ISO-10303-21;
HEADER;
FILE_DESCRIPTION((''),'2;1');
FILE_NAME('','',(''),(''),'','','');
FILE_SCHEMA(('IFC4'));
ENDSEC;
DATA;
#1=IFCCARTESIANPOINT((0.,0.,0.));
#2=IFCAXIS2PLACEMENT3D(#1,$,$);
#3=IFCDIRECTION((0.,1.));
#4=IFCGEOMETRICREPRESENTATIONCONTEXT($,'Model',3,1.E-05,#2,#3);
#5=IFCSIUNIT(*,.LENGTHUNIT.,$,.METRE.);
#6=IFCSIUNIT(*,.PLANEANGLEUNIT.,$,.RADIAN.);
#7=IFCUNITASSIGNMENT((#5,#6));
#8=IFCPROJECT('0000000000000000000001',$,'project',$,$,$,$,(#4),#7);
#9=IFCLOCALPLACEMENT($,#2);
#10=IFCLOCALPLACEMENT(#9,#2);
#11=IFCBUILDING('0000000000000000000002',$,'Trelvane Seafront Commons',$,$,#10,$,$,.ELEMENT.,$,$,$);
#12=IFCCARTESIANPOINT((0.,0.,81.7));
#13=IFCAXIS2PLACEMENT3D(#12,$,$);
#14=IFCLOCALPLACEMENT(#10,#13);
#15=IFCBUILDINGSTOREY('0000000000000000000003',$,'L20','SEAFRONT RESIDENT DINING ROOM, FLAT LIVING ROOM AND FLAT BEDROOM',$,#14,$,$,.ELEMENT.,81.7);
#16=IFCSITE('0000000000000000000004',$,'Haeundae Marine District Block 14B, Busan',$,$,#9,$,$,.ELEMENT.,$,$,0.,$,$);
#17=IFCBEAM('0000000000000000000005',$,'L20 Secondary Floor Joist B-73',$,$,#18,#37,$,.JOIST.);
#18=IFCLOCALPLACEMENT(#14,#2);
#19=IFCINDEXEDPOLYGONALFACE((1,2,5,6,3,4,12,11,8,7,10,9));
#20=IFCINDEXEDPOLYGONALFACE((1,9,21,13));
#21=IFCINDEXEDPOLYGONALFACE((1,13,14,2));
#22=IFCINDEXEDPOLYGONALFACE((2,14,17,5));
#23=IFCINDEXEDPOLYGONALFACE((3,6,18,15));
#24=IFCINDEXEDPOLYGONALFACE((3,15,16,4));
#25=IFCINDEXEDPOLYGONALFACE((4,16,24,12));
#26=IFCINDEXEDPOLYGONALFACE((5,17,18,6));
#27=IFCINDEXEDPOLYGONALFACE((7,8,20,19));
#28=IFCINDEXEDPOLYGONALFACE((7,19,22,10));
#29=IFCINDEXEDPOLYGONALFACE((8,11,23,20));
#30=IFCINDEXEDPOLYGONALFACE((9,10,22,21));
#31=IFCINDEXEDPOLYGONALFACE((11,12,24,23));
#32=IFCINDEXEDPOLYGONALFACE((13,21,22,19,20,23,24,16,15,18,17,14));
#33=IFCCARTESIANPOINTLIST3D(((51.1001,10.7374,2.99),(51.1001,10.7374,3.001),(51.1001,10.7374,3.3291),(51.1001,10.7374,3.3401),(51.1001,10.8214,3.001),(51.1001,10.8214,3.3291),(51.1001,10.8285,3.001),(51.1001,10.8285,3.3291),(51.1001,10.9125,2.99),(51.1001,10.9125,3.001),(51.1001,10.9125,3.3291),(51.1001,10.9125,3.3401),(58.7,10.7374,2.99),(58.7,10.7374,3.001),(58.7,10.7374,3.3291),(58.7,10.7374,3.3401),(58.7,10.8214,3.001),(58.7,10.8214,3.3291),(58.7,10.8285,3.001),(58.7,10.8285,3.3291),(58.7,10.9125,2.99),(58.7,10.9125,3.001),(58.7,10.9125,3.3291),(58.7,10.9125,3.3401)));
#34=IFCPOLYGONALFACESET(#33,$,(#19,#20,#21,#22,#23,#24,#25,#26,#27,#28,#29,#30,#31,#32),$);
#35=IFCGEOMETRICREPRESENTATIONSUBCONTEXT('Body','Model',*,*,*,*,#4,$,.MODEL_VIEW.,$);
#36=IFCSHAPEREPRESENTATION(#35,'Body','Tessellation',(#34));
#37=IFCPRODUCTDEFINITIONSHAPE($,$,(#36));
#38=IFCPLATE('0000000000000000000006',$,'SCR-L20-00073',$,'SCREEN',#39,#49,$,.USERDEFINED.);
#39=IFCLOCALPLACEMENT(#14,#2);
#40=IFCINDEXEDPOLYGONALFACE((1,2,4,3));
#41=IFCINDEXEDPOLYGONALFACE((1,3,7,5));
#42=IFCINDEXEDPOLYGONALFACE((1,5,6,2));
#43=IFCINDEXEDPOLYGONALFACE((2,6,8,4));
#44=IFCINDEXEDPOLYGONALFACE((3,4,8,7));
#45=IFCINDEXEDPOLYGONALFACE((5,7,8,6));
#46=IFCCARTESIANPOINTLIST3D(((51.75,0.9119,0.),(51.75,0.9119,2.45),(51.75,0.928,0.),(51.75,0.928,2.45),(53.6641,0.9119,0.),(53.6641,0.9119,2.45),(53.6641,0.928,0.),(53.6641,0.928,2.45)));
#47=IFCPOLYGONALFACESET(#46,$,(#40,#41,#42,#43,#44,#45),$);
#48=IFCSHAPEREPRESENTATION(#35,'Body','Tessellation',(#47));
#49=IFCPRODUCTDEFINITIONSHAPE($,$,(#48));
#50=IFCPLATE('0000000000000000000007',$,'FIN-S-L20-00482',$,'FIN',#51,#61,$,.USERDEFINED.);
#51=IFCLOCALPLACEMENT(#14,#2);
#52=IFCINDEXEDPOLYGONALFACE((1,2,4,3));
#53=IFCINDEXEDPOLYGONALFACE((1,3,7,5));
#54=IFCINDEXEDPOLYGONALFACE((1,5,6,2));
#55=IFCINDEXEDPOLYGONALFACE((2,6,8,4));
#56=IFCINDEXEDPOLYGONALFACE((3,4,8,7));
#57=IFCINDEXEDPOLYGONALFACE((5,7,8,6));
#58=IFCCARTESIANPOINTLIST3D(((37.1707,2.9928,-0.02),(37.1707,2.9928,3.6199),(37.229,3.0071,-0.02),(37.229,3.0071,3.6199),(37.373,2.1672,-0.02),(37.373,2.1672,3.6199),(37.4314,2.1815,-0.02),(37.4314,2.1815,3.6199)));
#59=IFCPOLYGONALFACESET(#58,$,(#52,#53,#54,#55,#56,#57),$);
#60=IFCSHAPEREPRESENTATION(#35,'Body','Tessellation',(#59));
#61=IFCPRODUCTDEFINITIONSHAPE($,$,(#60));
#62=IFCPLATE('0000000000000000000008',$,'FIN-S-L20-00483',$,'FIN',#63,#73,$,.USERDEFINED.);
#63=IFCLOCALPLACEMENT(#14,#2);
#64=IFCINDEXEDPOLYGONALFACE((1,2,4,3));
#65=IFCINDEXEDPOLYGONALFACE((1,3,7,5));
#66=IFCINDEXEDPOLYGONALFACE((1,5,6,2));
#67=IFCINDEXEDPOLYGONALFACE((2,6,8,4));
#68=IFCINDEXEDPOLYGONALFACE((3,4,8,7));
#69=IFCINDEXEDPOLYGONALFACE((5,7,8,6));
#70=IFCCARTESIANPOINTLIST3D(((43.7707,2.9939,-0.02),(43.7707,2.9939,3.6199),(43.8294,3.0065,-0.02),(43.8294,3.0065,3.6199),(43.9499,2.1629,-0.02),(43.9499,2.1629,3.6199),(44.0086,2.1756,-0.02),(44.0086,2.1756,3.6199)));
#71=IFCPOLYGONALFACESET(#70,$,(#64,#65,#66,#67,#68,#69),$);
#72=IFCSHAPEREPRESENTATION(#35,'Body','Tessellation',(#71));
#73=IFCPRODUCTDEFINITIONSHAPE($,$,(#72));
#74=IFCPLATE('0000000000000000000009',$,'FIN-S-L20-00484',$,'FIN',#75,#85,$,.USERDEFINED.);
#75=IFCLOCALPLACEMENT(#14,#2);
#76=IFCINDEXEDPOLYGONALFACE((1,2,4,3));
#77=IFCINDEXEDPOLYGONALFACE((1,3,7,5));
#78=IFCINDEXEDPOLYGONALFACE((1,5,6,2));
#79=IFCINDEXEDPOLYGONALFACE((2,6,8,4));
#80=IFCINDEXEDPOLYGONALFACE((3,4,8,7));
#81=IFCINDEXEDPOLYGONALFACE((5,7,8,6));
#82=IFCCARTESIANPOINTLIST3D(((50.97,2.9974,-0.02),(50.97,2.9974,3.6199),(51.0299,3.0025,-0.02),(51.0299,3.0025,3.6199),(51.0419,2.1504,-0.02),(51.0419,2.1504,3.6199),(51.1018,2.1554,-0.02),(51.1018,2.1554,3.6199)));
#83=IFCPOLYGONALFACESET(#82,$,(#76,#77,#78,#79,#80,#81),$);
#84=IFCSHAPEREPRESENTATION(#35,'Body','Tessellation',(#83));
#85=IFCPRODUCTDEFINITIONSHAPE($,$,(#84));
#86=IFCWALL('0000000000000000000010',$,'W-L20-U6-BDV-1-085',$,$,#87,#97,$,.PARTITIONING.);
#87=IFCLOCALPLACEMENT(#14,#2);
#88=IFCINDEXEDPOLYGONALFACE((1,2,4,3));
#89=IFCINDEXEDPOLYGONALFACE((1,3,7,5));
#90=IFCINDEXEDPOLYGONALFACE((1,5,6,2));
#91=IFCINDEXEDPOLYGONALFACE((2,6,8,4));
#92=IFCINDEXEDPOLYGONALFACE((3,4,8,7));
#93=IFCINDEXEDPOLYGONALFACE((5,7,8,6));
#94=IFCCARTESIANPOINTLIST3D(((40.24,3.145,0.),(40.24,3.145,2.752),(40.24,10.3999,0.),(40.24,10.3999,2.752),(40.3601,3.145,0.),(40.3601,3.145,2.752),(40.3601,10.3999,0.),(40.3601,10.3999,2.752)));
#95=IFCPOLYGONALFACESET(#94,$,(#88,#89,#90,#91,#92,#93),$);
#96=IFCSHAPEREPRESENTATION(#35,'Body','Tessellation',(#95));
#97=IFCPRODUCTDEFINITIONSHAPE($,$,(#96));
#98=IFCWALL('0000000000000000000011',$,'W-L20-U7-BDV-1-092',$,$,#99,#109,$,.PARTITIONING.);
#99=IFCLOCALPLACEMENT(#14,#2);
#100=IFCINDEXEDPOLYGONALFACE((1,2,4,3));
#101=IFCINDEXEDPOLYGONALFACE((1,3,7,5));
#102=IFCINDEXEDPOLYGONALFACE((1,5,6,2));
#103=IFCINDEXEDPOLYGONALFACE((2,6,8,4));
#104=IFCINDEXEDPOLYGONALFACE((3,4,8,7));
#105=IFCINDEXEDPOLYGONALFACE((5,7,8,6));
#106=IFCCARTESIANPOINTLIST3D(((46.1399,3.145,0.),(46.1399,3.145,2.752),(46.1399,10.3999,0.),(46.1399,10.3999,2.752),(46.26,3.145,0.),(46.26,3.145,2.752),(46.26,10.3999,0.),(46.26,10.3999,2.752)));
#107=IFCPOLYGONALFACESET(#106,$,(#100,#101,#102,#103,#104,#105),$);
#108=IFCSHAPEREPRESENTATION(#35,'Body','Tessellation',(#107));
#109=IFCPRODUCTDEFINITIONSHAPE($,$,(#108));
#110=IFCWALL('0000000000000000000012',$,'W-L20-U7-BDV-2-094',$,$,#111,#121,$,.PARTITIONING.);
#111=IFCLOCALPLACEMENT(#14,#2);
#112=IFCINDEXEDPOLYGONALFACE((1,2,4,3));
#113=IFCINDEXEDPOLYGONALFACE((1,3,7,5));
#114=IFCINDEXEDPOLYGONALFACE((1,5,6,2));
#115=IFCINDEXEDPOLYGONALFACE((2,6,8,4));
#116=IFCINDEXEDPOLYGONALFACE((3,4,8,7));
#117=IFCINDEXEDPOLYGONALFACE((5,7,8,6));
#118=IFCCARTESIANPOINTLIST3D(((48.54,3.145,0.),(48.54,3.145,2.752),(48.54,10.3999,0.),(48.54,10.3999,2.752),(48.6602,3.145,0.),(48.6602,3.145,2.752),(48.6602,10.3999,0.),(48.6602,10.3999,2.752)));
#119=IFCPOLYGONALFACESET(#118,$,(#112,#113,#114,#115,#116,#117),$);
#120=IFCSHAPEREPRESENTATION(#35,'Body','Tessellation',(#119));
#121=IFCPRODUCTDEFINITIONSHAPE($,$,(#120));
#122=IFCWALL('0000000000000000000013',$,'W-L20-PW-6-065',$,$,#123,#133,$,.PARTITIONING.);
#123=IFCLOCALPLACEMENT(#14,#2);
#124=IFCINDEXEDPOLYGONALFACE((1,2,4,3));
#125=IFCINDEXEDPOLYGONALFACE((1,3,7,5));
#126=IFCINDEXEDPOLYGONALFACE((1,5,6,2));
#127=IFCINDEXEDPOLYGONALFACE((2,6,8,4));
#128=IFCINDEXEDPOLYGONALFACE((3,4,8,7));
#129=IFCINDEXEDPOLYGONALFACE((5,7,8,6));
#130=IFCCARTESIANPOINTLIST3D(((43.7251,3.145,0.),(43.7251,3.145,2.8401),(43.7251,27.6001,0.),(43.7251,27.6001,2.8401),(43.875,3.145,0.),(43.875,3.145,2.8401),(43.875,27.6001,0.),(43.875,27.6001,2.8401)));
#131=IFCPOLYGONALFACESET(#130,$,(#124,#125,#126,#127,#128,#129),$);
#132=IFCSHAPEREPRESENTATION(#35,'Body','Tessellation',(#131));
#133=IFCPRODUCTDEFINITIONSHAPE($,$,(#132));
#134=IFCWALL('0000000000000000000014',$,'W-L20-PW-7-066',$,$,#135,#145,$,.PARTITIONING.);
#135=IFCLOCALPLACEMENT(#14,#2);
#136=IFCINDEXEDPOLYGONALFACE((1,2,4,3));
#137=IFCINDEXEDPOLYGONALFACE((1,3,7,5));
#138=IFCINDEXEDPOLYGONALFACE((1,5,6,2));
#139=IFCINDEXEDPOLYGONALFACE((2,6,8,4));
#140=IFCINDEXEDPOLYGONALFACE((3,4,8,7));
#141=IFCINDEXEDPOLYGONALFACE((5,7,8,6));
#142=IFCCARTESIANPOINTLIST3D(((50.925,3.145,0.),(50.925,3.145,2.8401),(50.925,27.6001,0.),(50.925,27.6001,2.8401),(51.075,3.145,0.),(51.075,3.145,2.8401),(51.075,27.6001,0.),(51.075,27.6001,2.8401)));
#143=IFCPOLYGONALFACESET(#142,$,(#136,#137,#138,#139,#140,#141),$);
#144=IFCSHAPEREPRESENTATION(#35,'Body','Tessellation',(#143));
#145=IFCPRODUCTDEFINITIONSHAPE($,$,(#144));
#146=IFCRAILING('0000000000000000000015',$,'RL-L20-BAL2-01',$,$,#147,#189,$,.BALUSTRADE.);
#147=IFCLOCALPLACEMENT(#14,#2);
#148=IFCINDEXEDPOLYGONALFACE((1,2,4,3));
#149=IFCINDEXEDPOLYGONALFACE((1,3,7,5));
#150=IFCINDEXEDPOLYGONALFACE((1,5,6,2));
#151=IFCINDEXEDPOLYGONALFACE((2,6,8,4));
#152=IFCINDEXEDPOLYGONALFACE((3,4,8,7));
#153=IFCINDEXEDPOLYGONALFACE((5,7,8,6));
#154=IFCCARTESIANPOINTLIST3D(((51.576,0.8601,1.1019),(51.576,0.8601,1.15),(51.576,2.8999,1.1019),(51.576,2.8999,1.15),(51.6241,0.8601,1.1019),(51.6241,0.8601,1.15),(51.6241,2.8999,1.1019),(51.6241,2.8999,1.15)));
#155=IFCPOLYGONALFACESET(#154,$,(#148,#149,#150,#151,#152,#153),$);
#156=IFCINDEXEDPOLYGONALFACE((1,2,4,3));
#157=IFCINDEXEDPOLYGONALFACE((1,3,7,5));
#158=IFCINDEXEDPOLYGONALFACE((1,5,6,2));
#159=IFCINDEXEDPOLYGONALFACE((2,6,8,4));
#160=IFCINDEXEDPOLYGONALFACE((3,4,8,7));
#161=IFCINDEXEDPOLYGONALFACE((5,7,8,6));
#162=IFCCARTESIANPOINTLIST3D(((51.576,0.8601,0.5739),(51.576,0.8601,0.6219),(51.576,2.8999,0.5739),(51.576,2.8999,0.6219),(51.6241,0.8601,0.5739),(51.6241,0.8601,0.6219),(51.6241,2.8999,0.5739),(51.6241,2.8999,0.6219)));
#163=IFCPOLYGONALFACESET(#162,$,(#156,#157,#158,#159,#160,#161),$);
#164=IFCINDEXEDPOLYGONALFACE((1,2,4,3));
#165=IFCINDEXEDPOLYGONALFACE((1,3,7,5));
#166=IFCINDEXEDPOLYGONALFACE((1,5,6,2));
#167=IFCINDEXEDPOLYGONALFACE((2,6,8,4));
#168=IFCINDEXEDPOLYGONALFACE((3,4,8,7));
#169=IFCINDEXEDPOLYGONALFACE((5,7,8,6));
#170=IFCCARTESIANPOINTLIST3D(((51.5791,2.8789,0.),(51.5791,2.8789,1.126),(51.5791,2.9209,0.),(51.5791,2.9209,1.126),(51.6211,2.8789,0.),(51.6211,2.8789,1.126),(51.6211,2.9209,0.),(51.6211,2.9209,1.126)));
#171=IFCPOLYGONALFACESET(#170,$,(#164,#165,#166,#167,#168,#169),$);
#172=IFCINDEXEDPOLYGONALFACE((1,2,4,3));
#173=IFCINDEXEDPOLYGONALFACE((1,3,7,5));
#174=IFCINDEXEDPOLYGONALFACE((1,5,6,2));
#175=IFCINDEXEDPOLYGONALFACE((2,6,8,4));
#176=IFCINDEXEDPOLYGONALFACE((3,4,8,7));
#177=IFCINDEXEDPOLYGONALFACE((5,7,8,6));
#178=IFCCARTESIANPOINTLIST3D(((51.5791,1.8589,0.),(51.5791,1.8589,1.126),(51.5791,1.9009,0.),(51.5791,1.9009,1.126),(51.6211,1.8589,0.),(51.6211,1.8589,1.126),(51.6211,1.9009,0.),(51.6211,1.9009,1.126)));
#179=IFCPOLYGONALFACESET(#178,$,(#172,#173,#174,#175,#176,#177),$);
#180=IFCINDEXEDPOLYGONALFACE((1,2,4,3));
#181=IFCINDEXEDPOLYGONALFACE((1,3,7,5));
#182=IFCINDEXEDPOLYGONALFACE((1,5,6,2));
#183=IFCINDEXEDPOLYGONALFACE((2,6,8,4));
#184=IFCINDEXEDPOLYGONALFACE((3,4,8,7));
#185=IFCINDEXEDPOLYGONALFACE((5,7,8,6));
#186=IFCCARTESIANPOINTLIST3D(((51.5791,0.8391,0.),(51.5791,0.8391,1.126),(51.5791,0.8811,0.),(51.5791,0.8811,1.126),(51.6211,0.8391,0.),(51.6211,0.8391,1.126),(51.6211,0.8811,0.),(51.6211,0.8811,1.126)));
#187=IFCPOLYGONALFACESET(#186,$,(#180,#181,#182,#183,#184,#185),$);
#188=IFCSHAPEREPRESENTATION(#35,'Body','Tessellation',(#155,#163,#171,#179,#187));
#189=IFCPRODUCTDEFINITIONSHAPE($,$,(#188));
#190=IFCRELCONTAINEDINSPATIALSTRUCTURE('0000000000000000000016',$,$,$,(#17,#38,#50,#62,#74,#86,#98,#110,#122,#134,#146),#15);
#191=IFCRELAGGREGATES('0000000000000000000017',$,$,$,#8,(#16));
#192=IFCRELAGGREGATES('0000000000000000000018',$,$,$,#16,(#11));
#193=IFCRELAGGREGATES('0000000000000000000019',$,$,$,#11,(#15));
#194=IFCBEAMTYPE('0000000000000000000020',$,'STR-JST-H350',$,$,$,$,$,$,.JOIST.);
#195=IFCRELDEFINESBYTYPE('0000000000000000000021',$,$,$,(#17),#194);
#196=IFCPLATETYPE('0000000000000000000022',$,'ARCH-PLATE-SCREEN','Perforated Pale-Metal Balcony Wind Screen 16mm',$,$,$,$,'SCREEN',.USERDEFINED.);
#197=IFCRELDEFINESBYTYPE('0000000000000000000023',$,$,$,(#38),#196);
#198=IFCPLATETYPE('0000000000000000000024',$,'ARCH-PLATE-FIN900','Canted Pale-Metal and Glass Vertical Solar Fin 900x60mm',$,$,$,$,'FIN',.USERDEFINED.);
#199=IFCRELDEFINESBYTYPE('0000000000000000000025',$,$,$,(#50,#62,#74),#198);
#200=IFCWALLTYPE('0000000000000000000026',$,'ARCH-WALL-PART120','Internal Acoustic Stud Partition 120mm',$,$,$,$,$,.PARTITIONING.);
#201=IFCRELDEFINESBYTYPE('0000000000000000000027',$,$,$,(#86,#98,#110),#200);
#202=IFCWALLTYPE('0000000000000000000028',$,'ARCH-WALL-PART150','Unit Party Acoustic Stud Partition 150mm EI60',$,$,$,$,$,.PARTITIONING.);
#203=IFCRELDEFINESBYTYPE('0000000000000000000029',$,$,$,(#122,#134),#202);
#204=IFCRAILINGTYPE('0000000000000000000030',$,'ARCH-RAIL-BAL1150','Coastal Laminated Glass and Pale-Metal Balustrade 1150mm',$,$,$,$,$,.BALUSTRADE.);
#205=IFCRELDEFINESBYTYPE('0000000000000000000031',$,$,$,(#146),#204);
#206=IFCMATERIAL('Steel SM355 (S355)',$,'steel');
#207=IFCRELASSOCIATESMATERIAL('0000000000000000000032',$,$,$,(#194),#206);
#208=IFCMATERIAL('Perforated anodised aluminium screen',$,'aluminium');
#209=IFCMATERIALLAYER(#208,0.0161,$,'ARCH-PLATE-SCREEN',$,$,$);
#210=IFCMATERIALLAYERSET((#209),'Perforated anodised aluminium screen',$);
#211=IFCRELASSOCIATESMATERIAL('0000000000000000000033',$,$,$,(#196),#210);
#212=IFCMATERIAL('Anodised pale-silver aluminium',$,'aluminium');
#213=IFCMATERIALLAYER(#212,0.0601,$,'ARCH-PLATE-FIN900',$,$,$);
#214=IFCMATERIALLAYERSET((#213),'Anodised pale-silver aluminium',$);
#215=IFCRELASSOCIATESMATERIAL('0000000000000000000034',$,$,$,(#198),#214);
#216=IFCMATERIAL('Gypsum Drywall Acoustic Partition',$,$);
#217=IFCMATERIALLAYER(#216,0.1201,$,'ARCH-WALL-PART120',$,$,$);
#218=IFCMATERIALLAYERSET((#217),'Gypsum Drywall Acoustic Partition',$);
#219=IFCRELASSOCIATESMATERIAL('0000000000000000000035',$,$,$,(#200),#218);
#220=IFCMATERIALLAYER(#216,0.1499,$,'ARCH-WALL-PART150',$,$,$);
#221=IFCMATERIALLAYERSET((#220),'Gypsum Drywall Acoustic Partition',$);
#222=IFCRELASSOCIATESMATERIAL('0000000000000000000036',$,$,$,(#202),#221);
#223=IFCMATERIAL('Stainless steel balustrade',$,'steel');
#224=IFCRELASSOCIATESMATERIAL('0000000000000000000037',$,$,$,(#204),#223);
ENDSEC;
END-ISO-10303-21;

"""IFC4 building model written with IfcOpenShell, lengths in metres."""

from ifc_helpers import new_model, si_unit, direction, frame, frame_2d, origin, origin_2d, place, context, subcontext, project, spatial, rectangle, i_section, extrude, source, transform, mapped, material, layer, layer_set, material_profile, profile_set, type_object, element, save


model = new_model("IFC4")

# Units and contexts
model_context = context("Model", 3, precision=1e-05, world=origin(), true_north=direction((0.0, 1.0)))
body_context = subcontext(model_context, "Body", "Model", "MODEL_VIEW")
ifc_project = project(units=[si_unit("LENGTHUNIT", "METRE"), si_unit("PLANEANGLEUNIT", "RADIAN")], contexts=[model_context])

# Site, building, storey
site_placement = place(None, origin())
site = spatial("IfcSite", under=ifc_project, at=site_placement, Name="Haeundae Marine District Block 14B, Busan", CompositionType="ELEMENT", RefElevation=0.0)
building_placement = place(site_placement, origin())
building = spatial("IfcBuilding", under=site, at=building_placement, Name="Trelvane Seafront Commons", CompositionType="ELEMENT")
storey_placement = place(building_placement, frame((0.0, 0.0, 81.7)))
storey = spatial("IfcBuildingStorey", under=building, at=storey_placement, Name="L20", Description="SEAFRONT RESIDENT DINING ROOM, FLAT LIVING ROOM AND FLAT BEDROOM", CompositionType="ELEMENT", Elevation=81.7)

# Shared definitions
ifc_material_1 = material(Name="Steel SM355 (S355)", Category="steel")

# Beam
ifc_material_profile_1 = material_profile(ifc_material_1, i_section(OverallWidth=0.175, OverallDepth=0.3501, WebThickness=0.0071, FlangeThickness=0.011, at=origin_2d()), Name="H-350x175x7x11")
ifc_profile_set_1 = profile_set([ifc_material_profile_1], Name="Steel SM355 (S355)")
beam_type_1 = type_object("IfcBeamType", Name="STR-JST-H350", PredefinedType="JOIST", material=ifc_profile_set_1)
shared_shape_1 = source(origin(), body_context, "Body", "SweptSolid", [
    extrude(i_section(OverallWidth=0.175, OverallDepth=0.3501, WebThickness=0.0071, FlangeThickness=0.011, at=origin_2d()), origin(), (0.0, 0.0, 1.0), 7.5999),
])
beam_1_placement = place(storey_placement, frame((51.1001, 10.825, 3.165), z_axis=(1.0, 0.0, 0.0), x_axis=(0.0, 1.0, 0.0)))
element("IfcBeam", 1, at=beam_1_placement, inside=storey, type_object=beam_type_1, Name="L20 Secondary Floor Joist B-73", PredefinedType="JOIST", context=body_context, shape_type="MappedRepresentation", body=[
    mapped(shared_shape_1, transform((0.0, 0.0, 0.0), x_axis=(1.0, 0.0, 0.0), y_axis=(0.0, 1.0, 0.0), z_axis=(0.0, 0.0, 1.0), scale=1.0)),
])

# Plates
ifc_material_2 = material(Name="Perforated anodised aluminium screen", Category="aluminium")
ifc_layer_1 = layer(ifc_material_2, 0.0161, Name="ARCH-PLATE-SCREEN")
ifc_layer_set_1 = layer_set([ifc_layer_1], Name="Perforated anodised aluminium screen")
plate_type_1 = type_object("IfcPlateType", Name="ARCH-PLATE-SCREEN", Description="Perforated Pale-Metal Balcony Wind Screen 16mm", ElementType="SCREEN", PredefinedType="USERDEFINED", material=ifc_layer_set_1)
shared_shape_2 = source(origin(), body_context, "Body", "SweptSolid", [
    extrude(rectangle(XDim=1.9141, YDim=0.0161, at=origin_2d()), origin(), (0.0, 0.0, 1.0), 2.45),
])
plate_placement = place(storey_placement, frame((52.707, 0.9199, 0.0), z_axis=(0.0, 0.0, 1.0), x_axis=(1.0, 0.0, 0.0)))
element("IfcPlate", 2, at=plate_placement, inside=storey, type_object=plate_type_1, Name="SCR-L20-00073", ObjectType="SCREEN", PredefinedType="USERDEFINED", context=body_context, shape_type="MappedRepresentation", body=[
    mapped(shared_shape_2, transform((0.0, 0.0, 0.0), x_axis=(1.0, 0.0, 0.0), y_axis=(0.0, 1.0, 0.0), z_axis=(0.0, 0.0, 1.0), scale=1.0)),
])
ifc_material_3 = material(Name="Anodised pale-silver aluminium", Category="aluminium")
ifc_layer_2 = layer(ifc_material_3, 0.0601, Name="ARCH-PLATE-FIN900")
ifc_layer_set_2 = layer_set([ifc_layer_2], Name="Anodised pale-silver aluminium")
plate_type_2 = type_object("IfcPlateType", Name="ARCH-PLATE-FIN900", Description="Canted Pale-Metal and Glass Vertical Solar Fin 900x60mm", ElementType="FIN", PredefinedType="USERDEFINED", material=ifc_layer_set_2)
shared_shape_3 = source(origin(), body_context, "Body", "SweptSolid", [
    extrude(rectangle(XDim=0.8501, YDim=0.0601, at=origin_2d()), origin(), (0.0, 0.0, 1.0), 3.6399),
])
for number, where, z_axis, x_axis, name in (
    (3, (37.301, 2.5872, -0.02), (0.0, 0.0, 1.0), (0.237993, -0.971267, 0.0), "FIN-S-L20-00482"),
    (4, (43.8896, 2.5847, -0.02), (0.0, 0.0, 1.0), (0.210823, -0.977524, 0.0), "FIN-S-L20-00483"),
    (5, (51.0359, 2.5764, -0.02), (0.0, 0.0, 1.0), (0.084584, -0.996416, 0.0), "FIN-S-L20-00484"),
):
    element("IfcPlate", number, at=place(storey_placement, frame(where, z_axis=z_axis, x_axis=x_axis)), inside=storey, type_object=plate_type_2, Name=name, ObjectType="FIN", PredefinedType="USERDEFINED", context=body_context, shape_type="MappedRepresentation", body=[
        mapped(shared_shape_3, transform((0.0, 0.0, 0.0), x_axis=(1.0, 0.0, 0.0), y_axis=(0.0, 1.0, 0.0), z_axis=(0.0, 0.0, 1.0), scale=1.0)),
    ])

# Shared definitions
ifc_material_4 = material(Name="Gypsum Drywall Acoustic Partition")
ifc_layer_3 = layer(ifc_material_4, 0.1201, Name="ARCH-WALL-PART120")
ifc_layer_set_3 = layer_set([ifc_layer_3], Name="Gypsum Drywall Acoustic Partition")
wall_type_1 = type_object("IfcWallType", Name="ARCH-WALL-PART120", Description="Internal Acoustic Stud Partition 120mm", PredefinedType="PARTITIONING", material=ifc_layer_set_3)

# Wall
wall_1_placement = place(storey_placement, frame((40.3, 3.145, 0.0), z_axis=(0.0, 0.0, 1.0), x_axis=(0.0, 1.0, 0.0)))
element("IfcWall", 6, at=wall_1_placement, inside=storey, type_object=wall_type_1, Name="W-L20-U6-BDV-1-085", PredefinedType="PARTITIONING", context=body_context, shape_type="SweptSolid", body=[
    extrude(rectangle(XDim=7.2549, YDim=0.1201, at=frame_2d((3.6274, 0.0))), origin(), (0.0, 0.0, 1.0), 2.752),
])

# Wall
wall_2_placement = place(storey_placement, frame((46.2, 3.145, 0.0), z_axis=(0.0, 0.0, 1.0), x_axis=(0.0, 1.0, 0.0)))
element("IfcWall", 7, at=wall_2_placement, inside=storey, type_object=wall_type_1, Name="W-L20-U7-BDV-1-092", PredefinedType="PARTITIONING", context=body_context, shape_type="SweptSolid", body=[
    extrude(rectangle(XDim=7.2549, YDim=0.1201, at=frame_2d((3.6274, 0.0))), origin(), (0.0, 0.0, 1.0), 2.752),
])

# Wall
wall_3_placement = place(storey_placement, frame((48.6001, 3.145, 0.0), z_axis=(0.0, 0.0, 1.0), x_axis=(0.0, 1.0, 0.0)))
element("IfcWall", 8, at=wall_3_placement, inside=storey, type_object=wall_type_1, Name="W-L20-U7-BDV-2-094", PredefinedType="PARTITIONING", context=body_context, shape_type="SweptSolid", body=[
    extrude(rectangle(XDim=7.2549, YDim=0.1201, at=frame_2d((3.6274, 0.0))), origin(), (0.0, 0.0, 1.0), 2.752),
])

# Walls
ifc_layer_4 = layer(ifc_material_4, 0.1499, Name="ARCH-WALL-PART150")
ifc_layer_set_4 = layer_set([ifc_layer_4], Name="Gypsum Drywall Acoustic Partition")
wall_type_2 = type_object("IfcWallType", Name="ARCH-WALL-PART150", Description="Unit Party Acoustic Stud Partition 150mm EI60", PredefinedType="PARTITIONING", material=ifc_layer_set_4)
for number, where, z_axis, x_axis, name in (
    (9, (43.8, 3.145, 0.0), (0.0, 0.0, 1.0), (0.0, 1.0, 0.0), "W-L20-PW-6-065"),
    (10, (51.0, 3.145, 0.0), (0.0, 0.0, 1.0), (0.0, 1.0, 0.0), "W-L20-PW-7-066"),
):
    element("IfcWall", number, at=place(storey_placement, frame(where, z_axis=z_axis, x_axis=x_axis)), inside=storey, type_object=wall_type_2, Name=name, PredefinedType="PARTITIONING", context=body_context, shape_type="SweptSolid", body=[
        extrude(rectangle(XDim=24.4551, YDim=0.1499, at=frame_2d((12.2275, 0.0))), origin(), (0.0, 0.0, 1.0), 2.8401),
    ])

# Railing
ifc_material_5 = material(Name="Stainless steel balustrade", Category="steel")
railing_type = type_object("IfcRailingType", Name="ARCH-RAIL-BAL1150", Description="Coastal Laminated Glass and Pale-Metal Balustrade 1150mm", PredefinedType="BALUSTRADE", material=ifc_material_5)
railing_1_placement = place(storey_placement, frame((51.6001, 2.8999, 0.0)))
element("IfcRailing", 11, at=railing_1_placement, inside=storey, type_object=railing_type, Name="RL-L20-BAL2-01", PredefinedType="BALUSTRADE", context=body_context, shape_type="SweptSolid", body=[
    extrude(rectangle(XDim=0.0481, YDim=0.0481, at=origin_2d()), frame((0.0, 0.0, 1.126), z_axis=(0.0, -1.0, 0.0), x_axis=(1.0, 0.0, 0.0)), (0.0, 0.0, 1.0), 2.0398),
    extrude(rectangle(XDim=0.0481, YDim=0.0481, at=origin_2d()), frame((0.0, 0.0, 0.5979), z_axis=(0.0, -1.0, 0.0), x_axis=(1.0, 0.0, 0.0)), (0.0, 0.0, 1.0), 2.0398),
    extrude(rectangle(XDim=0.042, YDim=0.042, at=origin_2d()), origin(), (0.0, 0.0, 1.0), 1.126),
    extrude(rectangle(XDim=0.042, YDim=0.042, at=origin_2d()), frame((0.0, -1.02, 0.0)), (0.0, 0.0, 1.0), 1.126),
    extrude(rectangle(XDim=0.042, YDim=0.042, at=origin_2d()), frame((0.0, -2.0398, 0.0)), (0.0, 0.0, 1.0), 1.126),
])

save(model, "model.ifc")
